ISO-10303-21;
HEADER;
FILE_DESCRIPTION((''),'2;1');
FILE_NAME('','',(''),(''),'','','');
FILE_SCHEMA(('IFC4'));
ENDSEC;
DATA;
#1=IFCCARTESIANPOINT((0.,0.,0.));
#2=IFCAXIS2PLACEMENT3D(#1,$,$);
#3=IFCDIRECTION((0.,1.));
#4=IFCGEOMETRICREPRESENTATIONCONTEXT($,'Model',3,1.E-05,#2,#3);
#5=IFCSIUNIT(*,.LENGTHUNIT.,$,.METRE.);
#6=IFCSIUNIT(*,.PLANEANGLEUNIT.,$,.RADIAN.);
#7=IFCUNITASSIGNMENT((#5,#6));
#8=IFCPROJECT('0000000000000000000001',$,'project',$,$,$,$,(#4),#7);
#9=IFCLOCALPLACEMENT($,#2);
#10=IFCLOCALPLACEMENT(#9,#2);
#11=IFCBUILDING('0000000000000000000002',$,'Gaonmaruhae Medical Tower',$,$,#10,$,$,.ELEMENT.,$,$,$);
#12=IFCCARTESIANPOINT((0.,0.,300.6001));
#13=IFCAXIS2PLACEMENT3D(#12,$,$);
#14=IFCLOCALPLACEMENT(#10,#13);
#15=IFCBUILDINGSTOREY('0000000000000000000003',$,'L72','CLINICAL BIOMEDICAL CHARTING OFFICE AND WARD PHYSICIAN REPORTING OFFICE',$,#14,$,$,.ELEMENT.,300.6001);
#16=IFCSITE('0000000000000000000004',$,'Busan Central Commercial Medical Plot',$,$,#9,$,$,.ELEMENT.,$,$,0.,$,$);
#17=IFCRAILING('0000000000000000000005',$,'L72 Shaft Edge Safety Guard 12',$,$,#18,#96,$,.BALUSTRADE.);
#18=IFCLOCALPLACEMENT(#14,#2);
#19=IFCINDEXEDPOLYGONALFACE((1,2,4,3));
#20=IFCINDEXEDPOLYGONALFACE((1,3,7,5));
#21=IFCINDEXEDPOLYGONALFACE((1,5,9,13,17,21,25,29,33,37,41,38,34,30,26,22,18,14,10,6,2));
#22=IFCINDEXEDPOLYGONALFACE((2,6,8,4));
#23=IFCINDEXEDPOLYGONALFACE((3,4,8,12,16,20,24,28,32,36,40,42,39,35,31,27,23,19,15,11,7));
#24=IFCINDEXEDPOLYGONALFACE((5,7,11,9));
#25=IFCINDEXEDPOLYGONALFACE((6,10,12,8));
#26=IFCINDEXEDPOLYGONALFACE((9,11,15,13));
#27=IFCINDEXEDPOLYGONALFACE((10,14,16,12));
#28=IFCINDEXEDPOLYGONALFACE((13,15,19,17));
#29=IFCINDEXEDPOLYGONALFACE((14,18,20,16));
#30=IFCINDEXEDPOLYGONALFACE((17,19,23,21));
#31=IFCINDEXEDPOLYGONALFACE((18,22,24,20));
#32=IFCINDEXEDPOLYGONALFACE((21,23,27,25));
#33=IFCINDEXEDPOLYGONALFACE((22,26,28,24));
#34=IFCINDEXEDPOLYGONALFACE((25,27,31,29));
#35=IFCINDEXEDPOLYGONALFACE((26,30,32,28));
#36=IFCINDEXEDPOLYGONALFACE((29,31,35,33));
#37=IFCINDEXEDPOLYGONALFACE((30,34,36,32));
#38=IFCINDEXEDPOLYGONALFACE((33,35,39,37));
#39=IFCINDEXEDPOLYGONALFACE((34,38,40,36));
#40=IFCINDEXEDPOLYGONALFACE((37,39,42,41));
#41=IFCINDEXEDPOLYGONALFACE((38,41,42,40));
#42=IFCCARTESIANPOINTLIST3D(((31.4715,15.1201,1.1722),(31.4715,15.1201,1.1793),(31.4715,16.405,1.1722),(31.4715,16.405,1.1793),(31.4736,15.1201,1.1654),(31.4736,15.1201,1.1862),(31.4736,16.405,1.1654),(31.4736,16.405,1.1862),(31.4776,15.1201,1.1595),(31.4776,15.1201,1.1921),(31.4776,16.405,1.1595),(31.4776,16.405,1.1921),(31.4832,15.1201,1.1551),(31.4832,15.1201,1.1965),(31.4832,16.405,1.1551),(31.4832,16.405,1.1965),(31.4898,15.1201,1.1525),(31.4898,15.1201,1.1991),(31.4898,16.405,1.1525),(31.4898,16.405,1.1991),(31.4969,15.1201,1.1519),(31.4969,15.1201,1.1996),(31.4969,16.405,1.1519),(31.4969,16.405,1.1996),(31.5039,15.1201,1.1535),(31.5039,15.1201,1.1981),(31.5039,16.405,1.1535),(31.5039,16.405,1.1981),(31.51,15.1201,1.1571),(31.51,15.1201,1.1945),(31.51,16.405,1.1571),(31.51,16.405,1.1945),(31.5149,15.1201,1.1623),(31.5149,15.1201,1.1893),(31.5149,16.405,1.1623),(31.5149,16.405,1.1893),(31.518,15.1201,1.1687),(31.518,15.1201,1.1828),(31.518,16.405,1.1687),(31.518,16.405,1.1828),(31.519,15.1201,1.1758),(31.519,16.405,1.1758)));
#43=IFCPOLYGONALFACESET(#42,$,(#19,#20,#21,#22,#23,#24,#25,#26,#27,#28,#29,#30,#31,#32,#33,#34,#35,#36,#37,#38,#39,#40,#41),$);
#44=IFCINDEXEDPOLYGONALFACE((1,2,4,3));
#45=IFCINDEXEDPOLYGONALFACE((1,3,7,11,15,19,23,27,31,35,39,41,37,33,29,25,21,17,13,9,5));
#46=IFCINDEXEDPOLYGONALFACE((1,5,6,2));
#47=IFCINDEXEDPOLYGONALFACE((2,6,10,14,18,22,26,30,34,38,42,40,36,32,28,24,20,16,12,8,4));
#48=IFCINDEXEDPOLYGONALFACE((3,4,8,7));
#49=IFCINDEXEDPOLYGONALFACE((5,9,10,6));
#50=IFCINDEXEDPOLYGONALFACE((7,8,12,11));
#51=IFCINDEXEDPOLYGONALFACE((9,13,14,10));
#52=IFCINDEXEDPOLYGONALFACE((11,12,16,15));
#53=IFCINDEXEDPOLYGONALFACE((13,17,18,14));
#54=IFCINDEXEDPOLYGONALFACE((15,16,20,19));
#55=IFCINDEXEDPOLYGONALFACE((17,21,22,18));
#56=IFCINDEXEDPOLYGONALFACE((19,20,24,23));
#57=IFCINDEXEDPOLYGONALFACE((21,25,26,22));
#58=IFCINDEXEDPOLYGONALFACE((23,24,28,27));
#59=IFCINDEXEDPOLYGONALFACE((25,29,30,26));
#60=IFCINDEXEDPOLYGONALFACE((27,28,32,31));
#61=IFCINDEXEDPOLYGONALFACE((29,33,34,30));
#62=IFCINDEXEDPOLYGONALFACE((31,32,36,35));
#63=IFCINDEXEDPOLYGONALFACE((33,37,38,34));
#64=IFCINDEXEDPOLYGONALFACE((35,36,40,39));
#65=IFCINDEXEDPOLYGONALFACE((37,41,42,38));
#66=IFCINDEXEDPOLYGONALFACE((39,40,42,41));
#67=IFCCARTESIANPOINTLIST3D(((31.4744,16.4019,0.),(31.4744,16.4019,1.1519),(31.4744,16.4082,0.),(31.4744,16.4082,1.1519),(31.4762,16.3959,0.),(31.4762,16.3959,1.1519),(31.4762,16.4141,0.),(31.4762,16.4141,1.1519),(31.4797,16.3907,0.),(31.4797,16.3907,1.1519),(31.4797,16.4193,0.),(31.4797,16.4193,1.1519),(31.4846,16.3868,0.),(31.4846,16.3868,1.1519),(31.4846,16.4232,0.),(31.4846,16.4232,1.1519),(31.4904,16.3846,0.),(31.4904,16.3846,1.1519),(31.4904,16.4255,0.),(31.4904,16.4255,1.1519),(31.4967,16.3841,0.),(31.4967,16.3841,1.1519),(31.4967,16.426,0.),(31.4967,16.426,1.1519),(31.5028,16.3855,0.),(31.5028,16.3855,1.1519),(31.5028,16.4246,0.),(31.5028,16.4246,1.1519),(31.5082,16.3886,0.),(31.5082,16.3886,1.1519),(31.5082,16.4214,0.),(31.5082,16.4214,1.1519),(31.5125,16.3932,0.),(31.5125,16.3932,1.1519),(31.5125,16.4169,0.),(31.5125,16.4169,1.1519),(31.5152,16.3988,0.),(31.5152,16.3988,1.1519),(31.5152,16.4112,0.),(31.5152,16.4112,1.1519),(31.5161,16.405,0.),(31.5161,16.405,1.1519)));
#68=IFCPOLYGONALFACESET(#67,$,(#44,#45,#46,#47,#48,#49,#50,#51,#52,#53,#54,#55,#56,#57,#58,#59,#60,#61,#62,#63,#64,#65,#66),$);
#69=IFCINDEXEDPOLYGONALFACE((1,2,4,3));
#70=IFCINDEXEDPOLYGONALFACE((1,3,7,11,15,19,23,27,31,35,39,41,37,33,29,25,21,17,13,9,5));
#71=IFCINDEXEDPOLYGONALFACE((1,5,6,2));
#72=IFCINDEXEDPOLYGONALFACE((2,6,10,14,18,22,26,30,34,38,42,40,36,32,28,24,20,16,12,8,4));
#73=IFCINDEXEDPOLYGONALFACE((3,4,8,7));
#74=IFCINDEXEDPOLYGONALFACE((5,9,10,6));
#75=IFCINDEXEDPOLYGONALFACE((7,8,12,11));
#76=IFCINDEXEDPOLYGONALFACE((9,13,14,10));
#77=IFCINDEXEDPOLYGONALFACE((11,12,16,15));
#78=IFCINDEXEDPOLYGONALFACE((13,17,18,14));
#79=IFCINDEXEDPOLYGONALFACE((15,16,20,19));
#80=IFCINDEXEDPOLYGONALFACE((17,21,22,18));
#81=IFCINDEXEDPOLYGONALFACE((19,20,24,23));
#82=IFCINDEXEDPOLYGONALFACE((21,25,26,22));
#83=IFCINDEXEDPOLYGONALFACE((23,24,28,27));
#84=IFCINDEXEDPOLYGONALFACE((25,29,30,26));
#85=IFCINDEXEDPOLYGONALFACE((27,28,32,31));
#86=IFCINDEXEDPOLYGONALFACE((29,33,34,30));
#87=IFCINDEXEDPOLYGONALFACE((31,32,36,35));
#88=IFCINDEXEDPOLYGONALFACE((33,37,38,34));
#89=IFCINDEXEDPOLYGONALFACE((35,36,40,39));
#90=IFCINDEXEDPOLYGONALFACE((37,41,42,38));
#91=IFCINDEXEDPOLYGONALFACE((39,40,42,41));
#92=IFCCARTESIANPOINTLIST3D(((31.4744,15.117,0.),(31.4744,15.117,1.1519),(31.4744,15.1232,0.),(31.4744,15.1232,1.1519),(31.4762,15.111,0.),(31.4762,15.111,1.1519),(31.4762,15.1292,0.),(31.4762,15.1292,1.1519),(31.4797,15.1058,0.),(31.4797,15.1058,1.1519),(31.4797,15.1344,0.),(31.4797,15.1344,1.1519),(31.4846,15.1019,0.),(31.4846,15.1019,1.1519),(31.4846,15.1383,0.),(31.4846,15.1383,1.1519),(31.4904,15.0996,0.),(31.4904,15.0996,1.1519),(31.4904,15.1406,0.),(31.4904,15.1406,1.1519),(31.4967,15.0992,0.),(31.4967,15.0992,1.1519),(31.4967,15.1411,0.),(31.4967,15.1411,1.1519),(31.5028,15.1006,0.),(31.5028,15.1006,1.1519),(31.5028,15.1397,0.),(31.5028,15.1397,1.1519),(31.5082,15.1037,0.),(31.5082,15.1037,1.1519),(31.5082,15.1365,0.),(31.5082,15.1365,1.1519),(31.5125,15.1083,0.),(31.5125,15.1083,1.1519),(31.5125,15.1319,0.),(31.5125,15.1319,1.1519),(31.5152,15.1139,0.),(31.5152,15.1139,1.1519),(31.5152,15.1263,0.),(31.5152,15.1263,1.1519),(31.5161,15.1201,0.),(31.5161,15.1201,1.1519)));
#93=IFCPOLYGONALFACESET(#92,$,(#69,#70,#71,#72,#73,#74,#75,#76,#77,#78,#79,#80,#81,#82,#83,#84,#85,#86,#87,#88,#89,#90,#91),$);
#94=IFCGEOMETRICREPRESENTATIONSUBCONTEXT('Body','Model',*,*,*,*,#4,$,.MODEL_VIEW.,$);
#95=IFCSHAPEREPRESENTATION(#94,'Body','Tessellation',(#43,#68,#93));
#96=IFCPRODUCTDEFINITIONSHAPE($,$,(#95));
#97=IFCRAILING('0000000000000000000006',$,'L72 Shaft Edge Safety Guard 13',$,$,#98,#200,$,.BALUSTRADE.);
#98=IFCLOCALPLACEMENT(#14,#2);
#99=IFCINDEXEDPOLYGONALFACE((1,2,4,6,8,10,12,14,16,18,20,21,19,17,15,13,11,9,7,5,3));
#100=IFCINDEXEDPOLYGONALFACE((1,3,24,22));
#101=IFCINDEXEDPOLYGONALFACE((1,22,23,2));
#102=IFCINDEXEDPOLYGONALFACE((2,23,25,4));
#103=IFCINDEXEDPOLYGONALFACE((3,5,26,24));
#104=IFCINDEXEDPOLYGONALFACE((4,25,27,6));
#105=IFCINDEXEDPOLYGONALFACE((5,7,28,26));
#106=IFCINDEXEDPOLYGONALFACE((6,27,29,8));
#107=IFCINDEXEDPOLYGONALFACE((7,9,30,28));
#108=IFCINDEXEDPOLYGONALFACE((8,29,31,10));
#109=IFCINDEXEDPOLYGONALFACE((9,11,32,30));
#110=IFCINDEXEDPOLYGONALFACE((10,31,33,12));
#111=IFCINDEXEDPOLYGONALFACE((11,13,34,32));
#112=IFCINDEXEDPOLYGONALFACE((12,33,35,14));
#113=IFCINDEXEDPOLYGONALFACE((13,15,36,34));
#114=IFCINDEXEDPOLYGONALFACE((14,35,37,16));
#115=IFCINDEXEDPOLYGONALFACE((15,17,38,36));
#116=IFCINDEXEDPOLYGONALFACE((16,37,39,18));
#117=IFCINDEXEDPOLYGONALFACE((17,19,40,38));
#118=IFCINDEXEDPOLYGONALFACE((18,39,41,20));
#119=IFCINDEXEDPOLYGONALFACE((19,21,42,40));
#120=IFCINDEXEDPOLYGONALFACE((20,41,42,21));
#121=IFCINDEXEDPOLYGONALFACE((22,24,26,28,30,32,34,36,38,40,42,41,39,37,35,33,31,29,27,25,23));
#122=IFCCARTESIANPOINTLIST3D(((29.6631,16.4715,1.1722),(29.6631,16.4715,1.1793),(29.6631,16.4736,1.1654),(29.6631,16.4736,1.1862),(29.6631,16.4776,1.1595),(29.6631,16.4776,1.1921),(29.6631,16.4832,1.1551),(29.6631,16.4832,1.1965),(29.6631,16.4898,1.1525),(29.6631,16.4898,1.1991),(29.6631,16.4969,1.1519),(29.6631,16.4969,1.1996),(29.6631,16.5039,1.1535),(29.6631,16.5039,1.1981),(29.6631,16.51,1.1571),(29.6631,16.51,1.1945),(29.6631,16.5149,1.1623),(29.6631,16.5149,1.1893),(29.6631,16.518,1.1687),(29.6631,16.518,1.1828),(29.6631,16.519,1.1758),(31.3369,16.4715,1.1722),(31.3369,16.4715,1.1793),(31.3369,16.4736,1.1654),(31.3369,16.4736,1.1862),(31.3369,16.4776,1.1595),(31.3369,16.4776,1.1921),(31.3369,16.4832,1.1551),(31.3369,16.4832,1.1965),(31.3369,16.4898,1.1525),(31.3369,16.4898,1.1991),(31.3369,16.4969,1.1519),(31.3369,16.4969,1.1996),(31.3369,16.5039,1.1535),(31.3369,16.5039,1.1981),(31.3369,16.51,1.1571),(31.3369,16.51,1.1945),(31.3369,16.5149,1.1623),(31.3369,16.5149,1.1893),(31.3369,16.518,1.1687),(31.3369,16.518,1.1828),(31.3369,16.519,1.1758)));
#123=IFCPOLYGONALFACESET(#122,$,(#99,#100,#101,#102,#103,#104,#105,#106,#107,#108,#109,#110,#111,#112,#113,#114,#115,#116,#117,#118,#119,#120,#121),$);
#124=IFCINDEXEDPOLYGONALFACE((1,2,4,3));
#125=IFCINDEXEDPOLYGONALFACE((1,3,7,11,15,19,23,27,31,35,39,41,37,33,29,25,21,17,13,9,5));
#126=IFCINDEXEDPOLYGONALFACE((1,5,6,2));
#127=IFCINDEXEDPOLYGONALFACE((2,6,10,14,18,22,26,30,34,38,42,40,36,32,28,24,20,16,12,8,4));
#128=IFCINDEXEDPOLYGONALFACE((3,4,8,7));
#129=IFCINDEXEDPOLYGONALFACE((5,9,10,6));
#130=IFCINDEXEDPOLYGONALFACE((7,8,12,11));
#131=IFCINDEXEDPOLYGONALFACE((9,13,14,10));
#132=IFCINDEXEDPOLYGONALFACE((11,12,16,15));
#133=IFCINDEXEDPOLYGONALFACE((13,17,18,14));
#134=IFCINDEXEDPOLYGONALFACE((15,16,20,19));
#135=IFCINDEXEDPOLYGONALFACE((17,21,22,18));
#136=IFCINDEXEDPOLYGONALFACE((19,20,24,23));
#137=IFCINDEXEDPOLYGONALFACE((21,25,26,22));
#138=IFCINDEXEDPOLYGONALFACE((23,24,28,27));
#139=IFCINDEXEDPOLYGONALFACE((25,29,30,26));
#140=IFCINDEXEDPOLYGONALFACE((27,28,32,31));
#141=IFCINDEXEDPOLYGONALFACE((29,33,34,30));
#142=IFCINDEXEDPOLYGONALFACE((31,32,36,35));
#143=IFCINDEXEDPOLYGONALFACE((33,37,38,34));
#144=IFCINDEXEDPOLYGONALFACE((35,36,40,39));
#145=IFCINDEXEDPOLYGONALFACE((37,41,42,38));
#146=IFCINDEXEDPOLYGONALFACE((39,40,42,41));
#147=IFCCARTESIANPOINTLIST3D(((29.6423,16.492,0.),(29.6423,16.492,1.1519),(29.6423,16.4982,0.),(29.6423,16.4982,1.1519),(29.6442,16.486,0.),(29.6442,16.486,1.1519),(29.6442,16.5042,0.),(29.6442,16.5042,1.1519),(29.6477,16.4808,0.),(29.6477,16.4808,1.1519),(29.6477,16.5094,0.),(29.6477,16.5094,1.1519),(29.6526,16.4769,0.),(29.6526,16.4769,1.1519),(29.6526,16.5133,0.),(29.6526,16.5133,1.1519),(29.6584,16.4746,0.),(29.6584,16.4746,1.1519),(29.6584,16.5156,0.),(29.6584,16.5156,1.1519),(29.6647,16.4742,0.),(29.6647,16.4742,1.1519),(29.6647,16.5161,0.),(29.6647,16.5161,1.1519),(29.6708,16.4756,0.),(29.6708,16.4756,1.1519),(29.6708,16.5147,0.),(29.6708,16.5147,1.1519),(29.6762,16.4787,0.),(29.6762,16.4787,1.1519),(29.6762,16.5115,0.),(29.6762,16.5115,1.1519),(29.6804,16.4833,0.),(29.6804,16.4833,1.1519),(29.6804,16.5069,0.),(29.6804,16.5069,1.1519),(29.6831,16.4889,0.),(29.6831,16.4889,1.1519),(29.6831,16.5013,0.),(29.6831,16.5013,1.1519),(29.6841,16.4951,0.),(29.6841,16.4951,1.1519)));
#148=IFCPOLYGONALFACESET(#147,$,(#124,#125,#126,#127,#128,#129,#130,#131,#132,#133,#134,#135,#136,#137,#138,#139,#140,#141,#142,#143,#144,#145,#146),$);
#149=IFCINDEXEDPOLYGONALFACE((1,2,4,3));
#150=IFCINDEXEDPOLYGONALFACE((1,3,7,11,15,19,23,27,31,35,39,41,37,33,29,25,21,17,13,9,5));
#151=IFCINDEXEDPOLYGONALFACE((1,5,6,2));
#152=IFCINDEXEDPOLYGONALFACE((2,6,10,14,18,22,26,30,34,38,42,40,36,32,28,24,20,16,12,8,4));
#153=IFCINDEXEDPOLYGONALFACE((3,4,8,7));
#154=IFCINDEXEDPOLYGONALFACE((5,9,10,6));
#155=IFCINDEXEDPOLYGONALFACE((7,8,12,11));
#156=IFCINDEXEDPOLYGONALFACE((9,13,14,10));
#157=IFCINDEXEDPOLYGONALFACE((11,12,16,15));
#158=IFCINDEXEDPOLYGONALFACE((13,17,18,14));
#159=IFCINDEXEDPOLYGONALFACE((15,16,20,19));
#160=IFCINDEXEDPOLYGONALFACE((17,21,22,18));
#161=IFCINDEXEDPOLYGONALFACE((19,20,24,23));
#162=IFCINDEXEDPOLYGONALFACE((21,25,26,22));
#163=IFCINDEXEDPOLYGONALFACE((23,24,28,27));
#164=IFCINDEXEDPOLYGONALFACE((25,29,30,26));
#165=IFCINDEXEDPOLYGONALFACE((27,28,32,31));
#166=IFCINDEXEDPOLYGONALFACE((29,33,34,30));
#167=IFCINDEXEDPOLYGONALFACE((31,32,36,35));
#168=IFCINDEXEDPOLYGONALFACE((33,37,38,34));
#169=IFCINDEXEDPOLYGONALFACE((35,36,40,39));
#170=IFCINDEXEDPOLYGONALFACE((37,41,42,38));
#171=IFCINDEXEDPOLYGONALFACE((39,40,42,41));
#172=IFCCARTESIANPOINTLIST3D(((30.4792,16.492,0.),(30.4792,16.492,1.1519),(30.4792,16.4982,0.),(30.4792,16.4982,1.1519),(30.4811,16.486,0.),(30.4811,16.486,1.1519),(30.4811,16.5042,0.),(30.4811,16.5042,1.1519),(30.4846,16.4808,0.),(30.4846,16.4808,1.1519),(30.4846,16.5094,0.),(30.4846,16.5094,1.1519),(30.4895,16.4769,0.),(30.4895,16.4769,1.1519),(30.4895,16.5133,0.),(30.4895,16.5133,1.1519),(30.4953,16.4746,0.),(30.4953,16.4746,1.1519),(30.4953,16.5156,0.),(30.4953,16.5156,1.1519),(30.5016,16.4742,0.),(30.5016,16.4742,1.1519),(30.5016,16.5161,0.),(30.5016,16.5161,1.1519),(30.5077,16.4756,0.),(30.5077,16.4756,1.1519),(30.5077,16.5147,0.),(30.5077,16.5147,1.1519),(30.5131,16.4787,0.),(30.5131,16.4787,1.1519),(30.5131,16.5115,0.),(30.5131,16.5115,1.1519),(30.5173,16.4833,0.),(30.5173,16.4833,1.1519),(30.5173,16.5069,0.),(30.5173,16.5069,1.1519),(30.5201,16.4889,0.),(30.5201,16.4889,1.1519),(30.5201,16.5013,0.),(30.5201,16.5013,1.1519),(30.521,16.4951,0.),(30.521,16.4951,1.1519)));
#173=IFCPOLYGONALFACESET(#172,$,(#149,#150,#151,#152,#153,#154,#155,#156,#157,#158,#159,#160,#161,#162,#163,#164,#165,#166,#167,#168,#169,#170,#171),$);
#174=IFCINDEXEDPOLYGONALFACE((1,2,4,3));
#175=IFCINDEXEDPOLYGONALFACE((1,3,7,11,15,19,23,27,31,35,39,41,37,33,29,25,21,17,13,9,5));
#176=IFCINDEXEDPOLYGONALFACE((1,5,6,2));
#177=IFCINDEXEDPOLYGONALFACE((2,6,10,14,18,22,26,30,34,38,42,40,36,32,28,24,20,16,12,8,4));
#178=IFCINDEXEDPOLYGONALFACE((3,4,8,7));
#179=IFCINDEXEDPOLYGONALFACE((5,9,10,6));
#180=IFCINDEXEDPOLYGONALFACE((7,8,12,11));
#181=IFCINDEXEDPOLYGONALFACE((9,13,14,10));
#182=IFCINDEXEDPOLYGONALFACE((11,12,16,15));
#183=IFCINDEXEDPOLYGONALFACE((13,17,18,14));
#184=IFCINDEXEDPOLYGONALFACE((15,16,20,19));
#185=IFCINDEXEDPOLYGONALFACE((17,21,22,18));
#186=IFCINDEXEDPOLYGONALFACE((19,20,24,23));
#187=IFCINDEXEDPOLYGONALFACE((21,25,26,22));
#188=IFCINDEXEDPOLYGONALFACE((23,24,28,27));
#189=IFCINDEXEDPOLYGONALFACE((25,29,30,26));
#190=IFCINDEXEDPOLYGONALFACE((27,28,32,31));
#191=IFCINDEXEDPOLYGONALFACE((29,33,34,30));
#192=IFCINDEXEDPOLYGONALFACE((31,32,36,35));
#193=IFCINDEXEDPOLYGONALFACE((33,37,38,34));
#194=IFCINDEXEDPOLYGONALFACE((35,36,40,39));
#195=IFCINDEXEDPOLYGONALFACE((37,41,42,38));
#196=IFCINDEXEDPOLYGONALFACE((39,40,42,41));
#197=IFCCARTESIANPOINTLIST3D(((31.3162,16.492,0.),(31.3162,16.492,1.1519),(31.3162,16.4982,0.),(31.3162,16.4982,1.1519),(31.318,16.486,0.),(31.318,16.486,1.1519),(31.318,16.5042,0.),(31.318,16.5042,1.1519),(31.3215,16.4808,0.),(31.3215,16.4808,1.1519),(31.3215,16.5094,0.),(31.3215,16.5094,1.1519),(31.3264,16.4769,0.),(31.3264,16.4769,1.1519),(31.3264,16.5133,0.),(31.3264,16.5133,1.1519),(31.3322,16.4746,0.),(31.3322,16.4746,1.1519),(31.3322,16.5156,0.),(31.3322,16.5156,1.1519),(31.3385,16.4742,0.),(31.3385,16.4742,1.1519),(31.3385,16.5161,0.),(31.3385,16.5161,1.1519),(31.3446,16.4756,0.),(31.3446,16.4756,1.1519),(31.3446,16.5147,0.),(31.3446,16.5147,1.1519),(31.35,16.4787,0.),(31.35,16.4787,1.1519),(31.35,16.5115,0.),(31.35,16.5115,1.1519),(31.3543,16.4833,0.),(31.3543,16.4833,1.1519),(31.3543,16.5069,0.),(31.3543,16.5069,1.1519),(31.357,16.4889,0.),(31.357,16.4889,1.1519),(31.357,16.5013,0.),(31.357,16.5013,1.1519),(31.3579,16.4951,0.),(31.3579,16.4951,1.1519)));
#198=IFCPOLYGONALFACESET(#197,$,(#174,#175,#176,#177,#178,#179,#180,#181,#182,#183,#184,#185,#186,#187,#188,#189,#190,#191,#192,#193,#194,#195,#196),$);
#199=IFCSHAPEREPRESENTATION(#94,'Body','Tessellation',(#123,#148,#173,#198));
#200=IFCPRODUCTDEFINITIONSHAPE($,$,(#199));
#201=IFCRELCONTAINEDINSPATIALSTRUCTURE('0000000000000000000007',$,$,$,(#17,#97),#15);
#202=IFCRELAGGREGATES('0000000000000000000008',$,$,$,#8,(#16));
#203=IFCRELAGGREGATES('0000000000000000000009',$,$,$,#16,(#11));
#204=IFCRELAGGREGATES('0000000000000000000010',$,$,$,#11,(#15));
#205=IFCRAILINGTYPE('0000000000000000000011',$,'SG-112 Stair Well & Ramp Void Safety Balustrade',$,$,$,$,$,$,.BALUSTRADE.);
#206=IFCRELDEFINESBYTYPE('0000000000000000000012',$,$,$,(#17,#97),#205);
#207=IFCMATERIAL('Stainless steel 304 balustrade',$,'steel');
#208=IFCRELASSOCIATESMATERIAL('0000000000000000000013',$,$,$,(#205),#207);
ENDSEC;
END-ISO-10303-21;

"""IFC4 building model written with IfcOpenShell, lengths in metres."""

from ifc_helpers import new_model, si_unit, direction, frame, origin, origin_2d, place, context, subcontext, project, spatial, circle, extrude, material, type_object, element, save


model = new_model("IFC4")

# Units and contexts
model_context = context("Model", 3, precision=1e-05, world=origin(), true_north=direction((0.0, 1.0)))
body_context = subcontext(model_context, "Body", "Model", "MODEL_VIEW")
ifc_project = project(units=[si_unit("LENGTHUNIT", "METRE"), si_unit("PLANEANGLEUNIT", "RADIAN")], contexts=[model_context])

# Site, building, storey
site_placement = place(None, origin())
site = spatial("IfcSite", under=ifc_project, at=site_placement, Name="Busan Central Commercial Medical Plot", CompositionType="ELEMENT", RefElevation=0.0)
building_placement = place(site_placement, origin())
building = spatial("IfcBuilding", under=site, at=building_placement, Name="Gaonmaruhae Medical Tower", CompositionType="ELEMENT")
storey_placement = place(building_placement, frame((0.0, 0.0, 300.6001)))
storey = spatial("IfcBuildingStorey", under=building, at=storey_placement, Name="L72", Description="CLINICAL BIOMEDICAL CHARTING OFFICE AND WARD PHYSICIAN REPORTING OFFICE", CompositionType="ELEMENT", Elevation=300.6001)

# Railings
ifc_material_1 = material(Name="Stainless steel 304 balustrade", Category="steel")
railing_type_1 = type_object("IfcRailingType", Name="SG-112 Stair Well & Ramp Void Safety Balustrade", PredefinedType="BALUSTRADE", material=ifc_material_1)
railing_1_placement = place(storey_placement, frame((31.4951, 16.405, 0.0)))
element("IfcRailing", 1, at=railing_1_placement, inside=storey, type_object=railing_type_1, Name="L72 Shaft Edge Safety Guard 12", PredefinedType="BALUSTRADE", context=body_context, shape_type="SweptSolid", body=[
    extrude(circle(Radius=0.0239, at=origin_2d()), frame((0.0, 0.0, 1.1758), z_axis=(0.0, -1.0, 0.0), x_axis=(1.0, 0.0, 0.0)), (0.0, 0.0, 1.0), 1.2849),
    extrude(circle(Radius=0.021, at=origin_2d()), origin(), (0.0, 0.0, 1.0), 1.1519),
    extrude(circle(Radius=0.021, at=origin_2d()), frame((0.0, -1.2849, 0.0)), (0.0, 0.0, 1.0), 1.1519),
])
railing_2_placement = place(storey_placement, frame((29.6631, 16.4951, 0.0)))
element("IfcRailing", 2, at=railing_2_placement, inside=storey, type_object=railing_type_1, Name="L72 Shaft Edge Safety Guard 13", PredefinedType="BALUSTRADE", context=body_context, shape_type="SweptSolid", body=[
    extrude(circle(Radius=0.0239, at=origin_2d()), frame((0.0, 0.0, 1.1758), z_axis=(1.0, 0.0, 0.0), x_axis=(0.0, 1.0, 0.0)), (0.0, 0.0, 1.0), 1.6738),
    extrude(circle(Radius=0.021, at=origin_2d()), origin(), (0.0, 0.0, 1.0), 1.1519),
    extrude(circle(Radius=0.021, at=origin_2d()), frame((0.8369, 0.0, 0.0)), (0.0, 0.0, 1.0), 1.1519),
    extrude(circle(Radius=0.021, at=origin_2d()), frame((1.6738, 0.0, 0.0)), (0.0, 0.0, 1.0), 1.1519),
])

save(model, "model.ifc")
